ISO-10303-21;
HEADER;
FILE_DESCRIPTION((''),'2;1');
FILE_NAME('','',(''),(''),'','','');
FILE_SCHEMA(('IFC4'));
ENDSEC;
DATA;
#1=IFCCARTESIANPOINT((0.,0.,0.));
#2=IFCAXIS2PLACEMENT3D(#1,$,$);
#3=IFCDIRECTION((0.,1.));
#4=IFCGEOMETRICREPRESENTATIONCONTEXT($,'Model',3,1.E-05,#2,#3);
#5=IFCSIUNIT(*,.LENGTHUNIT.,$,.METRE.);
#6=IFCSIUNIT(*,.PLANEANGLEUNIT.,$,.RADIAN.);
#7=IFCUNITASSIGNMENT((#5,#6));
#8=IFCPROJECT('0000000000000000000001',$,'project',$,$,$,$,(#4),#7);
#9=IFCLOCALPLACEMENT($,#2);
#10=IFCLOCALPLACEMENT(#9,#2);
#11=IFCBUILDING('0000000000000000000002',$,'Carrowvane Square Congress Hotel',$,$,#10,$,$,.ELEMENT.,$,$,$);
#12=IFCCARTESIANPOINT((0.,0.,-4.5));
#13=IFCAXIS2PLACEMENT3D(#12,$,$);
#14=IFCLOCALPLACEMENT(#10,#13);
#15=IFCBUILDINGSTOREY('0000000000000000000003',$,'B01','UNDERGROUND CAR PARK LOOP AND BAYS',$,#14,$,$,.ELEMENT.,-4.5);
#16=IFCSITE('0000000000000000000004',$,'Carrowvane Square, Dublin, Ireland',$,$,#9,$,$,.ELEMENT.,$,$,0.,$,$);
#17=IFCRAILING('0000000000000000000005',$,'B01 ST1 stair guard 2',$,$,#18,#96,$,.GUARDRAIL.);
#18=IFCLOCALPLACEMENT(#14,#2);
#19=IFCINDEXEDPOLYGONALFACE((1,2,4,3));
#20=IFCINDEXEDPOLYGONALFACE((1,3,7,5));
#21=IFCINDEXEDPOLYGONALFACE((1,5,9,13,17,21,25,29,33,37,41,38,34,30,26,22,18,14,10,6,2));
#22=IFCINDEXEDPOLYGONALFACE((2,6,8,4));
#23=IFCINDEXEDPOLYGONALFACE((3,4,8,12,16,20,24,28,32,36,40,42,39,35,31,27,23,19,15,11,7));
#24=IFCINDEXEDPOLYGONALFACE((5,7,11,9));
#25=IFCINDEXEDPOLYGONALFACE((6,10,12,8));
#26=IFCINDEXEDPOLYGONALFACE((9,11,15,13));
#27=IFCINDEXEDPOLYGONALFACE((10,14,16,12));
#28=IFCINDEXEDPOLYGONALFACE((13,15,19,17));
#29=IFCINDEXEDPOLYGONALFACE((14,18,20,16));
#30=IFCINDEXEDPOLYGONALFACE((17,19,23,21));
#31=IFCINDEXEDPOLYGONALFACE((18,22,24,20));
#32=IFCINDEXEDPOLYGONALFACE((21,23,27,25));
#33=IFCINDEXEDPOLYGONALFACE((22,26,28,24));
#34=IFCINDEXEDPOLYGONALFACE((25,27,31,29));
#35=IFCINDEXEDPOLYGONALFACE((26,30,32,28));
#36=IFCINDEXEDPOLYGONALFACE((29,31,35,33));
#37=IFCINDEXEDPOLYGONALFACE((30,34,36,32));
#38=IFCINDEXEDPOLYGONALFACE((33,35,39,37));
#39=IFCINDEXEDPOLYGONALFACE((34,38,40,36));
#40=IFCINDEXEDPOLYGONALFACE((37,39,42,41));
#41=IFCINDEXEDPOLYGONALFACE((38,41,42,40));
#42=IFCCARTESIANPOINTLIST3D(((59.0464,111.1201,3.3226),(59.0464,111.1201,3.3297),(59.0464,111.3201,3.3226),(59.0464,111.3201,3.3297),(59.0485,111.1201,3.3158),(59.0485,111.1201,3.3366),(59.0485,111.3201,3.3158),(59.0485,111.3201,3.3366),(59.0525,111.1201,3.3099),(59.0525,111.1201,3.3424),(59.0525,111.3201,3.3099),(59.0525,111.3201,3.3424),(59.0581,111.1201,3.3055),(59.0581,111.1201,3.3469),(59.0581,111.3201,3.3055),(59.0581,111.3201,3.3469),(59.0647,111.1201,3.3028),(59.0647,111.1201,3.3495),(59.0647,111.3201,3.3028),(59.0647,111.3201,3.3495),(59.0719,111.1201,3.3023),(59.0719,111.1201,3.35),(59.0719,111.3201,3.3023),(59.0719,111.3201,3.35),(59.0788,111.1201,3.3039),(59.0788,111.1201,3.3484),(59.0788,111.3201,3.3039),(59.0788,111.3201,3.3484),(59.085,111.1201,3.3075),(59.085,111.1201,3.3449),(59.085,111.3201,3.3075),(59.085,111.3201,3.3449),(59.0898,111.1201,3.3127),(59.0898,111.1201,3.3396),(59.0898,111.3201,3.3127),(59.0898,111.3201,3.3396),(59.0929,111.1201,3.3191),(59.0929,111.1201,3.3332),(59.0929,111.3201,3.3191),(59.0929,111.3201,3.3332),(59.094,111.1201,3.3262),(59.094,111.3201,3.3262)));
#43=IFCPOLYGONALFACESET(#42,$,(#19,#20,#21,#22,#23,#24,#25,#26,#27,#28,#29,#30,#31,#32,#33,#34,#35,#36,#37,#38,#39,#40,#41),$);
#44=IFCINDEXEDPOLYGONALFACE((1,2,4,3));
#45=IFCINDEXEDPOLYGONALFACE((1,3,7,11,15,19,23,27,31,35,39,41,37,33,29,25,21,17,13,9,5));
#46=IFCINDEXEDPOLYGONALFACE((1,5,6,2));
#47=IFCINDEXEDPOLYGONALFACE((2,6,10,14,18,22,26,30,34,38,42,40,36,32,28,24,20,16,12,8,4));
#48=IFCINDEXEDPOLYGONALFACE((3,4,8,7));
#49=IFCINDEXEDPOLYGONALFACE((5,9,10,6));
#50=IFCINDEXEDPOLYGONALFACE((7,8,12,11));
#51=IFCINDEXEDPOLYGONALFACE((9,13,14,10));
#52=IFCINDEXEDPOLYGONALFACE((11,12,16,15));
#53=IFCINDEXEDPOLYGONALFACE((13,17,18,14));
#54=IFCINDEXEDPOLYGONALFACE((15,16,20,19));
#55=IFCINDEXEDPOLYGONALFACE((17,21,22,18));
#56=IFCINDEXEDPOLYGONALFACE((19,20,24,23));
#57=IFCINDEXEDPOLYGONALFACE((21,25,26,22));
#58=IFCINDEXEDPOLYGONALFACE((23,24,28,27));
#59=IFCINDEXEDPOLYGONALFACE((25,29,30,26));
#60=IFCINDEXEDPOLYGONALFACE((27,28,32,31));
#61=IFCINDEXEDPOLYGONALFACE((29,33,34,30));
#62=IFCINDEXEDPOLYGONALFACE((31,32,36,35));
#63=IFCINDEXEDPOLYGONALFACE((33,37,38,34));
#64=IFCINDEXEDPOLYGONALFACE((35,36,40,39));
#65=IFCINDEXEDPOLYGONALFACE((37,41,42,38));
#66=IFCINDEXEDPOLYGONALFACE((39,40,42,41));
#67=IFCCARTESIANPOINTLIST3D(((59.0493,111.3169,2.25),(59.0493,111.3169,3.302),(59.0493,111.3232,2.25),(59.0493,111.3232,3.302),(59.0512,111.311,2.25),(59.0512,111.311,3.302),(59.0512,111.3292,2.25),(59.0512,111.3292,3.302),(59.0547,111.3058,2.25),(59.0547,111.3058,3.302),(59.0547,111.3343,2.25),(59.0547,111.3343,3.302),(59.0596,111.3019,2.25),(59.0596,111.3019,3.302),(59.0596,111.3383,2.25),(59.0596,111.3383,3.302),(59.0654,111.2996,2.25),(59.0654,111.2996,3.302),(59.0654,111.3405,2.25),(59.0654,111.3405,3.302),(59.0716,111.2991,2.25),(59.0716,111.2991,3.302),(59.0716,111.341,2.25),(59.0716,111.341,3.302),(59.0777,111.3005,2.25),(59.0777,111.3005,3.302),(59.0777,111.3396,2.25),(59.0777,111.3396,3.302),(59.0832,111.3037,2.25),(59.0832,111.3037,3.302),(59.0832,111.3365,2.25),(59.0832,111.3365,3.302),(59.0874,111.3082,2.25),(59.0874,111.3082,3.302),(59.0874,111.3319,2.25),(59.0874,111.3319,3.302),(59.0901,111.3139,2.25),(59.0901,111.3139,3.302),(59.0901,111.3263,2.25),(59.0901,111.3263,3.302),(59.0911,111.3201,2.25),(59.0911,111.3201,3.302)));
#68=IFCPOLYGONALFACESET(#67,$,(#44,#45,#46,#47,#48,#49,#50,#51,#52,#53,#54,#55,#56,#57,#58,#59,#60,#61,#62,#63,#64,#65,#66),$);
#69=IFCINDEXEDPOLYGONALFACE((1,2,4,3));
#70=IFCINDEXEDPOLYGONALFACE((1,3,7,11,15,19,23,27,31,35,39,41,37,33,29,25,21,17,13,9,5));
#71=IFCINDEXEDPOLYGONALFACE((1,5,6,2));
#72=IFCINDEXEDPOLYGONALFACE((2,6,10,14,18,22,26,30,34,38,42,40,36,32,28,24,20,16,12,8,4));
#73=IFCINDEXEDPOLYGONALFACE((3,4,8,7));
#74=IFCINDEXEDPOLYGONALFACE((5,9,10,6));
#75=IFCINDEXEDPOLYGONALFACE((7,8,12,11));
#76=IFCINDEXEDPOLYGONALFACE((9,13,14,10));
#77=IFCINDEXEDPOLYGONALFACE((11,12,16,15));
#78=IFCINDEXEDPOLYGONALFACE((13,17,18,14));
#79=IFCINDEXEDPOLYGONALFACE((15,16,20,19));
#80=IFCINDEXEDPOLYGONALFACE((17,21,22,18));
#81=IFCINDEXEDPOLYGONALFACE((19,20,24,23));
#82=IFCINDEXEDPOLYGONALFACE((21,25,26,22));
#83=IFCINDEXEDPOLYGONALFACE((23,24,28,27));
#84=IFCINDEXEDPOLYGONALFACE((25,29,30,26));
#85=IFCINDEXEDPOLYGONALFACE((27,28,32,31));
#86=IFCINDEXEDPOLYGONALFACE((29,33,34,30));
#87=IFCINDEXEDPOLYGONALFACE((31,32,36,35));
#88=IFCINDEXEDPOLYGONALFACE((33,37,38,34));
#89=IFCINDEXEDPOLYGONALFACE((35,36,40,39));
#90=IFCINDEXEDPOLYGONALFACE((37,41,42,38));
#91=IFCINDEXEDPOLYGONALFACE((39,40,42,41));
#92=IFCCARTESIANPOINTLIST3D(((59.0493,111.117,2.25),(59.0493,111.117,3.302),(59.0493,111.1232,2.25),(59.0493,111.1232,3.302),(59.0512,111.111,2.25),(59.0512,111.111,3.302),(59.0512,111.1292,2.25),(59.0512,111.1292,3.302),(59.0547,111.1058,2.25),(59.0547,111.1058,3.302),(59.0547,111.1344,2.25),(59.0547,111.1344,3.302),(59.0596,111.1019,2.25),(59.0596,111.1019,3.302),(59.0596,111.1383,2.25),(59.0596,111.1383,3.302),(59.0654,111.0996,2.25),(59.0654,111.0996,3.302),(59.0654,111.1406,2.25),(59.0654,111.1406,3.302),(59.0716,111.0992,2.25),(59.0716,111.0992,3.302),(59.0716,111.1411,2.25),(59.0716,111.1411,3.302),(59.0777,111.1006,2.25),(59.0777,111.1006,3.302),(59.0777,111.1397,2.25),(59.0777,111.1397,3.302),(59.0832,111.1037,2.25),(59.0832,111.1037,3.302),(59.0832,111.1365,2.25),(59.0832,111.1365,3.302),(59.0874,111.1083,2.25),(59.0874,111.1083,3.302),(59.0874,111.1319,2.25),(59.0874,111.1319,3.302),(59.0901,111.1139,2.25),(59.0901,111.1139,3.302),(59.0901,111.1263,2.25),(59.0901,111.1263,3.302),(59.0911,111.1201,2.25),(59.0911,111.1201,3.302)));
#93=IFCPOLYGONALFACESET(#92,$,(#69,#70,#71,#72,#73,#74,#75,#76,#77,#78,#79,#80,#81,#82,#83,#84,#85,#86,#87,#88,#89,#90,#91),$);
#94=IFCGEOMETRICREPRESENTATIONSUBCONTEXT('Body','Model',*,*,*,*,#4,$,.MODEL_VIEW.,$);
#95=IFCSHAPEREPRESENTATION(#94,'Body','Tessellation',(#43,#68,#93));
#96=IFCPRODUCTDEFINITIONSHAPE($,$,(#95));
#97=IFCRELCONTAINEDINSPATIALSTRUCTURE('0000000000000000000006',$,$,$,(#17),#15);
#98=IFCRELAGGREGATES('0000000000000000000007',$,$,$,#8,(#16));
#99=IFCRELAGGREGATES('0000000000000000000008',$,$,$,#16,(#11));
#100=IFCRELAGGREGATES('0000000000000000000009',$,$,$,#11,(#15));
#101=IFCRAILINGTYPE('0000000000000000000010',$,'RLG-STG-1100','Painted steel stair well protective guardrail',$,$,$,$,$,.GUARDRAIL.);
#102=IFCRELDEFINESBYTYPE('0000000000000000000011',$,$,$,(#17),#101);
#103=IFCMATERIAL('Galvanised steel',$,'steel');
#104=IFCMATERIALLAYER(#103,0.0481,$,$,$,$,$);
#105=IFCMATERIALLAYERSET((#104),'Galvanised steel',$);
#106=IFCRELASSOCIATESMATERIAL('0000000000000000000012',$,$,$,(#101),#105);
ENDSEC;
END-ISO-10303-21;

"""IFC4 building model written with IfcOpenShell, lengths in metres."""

from ifc_helpers import new_model, si_unit, direction, frame, origin, origin_2d, place, context, subcontext, project, spatial, circle, extrude, material, layer, layer_set, type_object, element, save


model = new_model("IFC4")

# Units and contexts
model_context = context("Model", 3, precision=1e-05, world=origin(), true_north=direction((0.0, 1.0)))
body_context = subcontext(model_context, "Body", "Model", "MODEL_VIEW")
ifc_project = project(units=[si_unit("LENGTHUNIT", "METRE"), si_unit("PLANEANGLEUNIT", "RADIAN")], contexts=[model_context])

# Site, building, storey
site_placement = place(None, origin())
site = spatial("IfcSite", under=ifc_project, at=site_placement, Name="Carrowvane Square, Dublin, Ireland", CompositionType="ELEMENT", RefElevation=0.0)
building_placement = place(site_placement, origin())
building = spatial("IfcBuilding", under=site, at=building_placement, Name="Carrowvane Square Congress Hotel", CompositionType="ELEMENT")
storey_placement = place(building_placement, frame((0.0, 0.0, -4.5)))
storey = spatial("IfcBuildingStorey", under=building, at=storey_placement, Name="B01", Description="UNDERGROUND CAR PARK LOOP AND BAYS", CompositionType="ELEMENT", Elevation=-4.5)

# Railing
ifc_material_1 = material(Name="Galvanised steel", Category="steel")
ifc_layer_1 = layer(ifc_material_1, 0.0481)
ifc_layer_set_1 = layer_set([ifc_layer_1], Name="Galvanised steel")
railing_type_1 = type_object("IfcRailingType", Name="RLG-STG-1100", Description="Painted steel stair well protective guardrail", PredefinedType="GUARDRAIL", material=ifc_layer_set_1)
railing_1_placement = place(storey_placement, frame((59.0701, 111.3201, 2.25)))
element("IfcRailing", 1, at=railing_1_placement, inside=storey, type_object=railing_type_1, Name="B01 ST1 stair guard 2", PredefinedType="GUARDRAIL", context=body_context, shape_type="SweptSolid", body=[
    extrude(circle(Radius=0.0239, at=origin_2d()), frame((0.0, 0.0, 1.0762), z_axis=(0.0, -1.0, 0.0), x_axis=(1.0, 0.0, 0.0)), (0.0, 0.0, 1.0), 0.2),
    extrude(circle(Radius=0.021, at=origin_2d()), origin(), (0.0, 0.0, 1.0), 1.052),
    extrude(circle(Radius=0.021, at=origin_2d()), frame((0.0, -0.2, 0.0)), (0.0, 0.0, 1.0), 1.052),
])

save(model, "model.ifc")
